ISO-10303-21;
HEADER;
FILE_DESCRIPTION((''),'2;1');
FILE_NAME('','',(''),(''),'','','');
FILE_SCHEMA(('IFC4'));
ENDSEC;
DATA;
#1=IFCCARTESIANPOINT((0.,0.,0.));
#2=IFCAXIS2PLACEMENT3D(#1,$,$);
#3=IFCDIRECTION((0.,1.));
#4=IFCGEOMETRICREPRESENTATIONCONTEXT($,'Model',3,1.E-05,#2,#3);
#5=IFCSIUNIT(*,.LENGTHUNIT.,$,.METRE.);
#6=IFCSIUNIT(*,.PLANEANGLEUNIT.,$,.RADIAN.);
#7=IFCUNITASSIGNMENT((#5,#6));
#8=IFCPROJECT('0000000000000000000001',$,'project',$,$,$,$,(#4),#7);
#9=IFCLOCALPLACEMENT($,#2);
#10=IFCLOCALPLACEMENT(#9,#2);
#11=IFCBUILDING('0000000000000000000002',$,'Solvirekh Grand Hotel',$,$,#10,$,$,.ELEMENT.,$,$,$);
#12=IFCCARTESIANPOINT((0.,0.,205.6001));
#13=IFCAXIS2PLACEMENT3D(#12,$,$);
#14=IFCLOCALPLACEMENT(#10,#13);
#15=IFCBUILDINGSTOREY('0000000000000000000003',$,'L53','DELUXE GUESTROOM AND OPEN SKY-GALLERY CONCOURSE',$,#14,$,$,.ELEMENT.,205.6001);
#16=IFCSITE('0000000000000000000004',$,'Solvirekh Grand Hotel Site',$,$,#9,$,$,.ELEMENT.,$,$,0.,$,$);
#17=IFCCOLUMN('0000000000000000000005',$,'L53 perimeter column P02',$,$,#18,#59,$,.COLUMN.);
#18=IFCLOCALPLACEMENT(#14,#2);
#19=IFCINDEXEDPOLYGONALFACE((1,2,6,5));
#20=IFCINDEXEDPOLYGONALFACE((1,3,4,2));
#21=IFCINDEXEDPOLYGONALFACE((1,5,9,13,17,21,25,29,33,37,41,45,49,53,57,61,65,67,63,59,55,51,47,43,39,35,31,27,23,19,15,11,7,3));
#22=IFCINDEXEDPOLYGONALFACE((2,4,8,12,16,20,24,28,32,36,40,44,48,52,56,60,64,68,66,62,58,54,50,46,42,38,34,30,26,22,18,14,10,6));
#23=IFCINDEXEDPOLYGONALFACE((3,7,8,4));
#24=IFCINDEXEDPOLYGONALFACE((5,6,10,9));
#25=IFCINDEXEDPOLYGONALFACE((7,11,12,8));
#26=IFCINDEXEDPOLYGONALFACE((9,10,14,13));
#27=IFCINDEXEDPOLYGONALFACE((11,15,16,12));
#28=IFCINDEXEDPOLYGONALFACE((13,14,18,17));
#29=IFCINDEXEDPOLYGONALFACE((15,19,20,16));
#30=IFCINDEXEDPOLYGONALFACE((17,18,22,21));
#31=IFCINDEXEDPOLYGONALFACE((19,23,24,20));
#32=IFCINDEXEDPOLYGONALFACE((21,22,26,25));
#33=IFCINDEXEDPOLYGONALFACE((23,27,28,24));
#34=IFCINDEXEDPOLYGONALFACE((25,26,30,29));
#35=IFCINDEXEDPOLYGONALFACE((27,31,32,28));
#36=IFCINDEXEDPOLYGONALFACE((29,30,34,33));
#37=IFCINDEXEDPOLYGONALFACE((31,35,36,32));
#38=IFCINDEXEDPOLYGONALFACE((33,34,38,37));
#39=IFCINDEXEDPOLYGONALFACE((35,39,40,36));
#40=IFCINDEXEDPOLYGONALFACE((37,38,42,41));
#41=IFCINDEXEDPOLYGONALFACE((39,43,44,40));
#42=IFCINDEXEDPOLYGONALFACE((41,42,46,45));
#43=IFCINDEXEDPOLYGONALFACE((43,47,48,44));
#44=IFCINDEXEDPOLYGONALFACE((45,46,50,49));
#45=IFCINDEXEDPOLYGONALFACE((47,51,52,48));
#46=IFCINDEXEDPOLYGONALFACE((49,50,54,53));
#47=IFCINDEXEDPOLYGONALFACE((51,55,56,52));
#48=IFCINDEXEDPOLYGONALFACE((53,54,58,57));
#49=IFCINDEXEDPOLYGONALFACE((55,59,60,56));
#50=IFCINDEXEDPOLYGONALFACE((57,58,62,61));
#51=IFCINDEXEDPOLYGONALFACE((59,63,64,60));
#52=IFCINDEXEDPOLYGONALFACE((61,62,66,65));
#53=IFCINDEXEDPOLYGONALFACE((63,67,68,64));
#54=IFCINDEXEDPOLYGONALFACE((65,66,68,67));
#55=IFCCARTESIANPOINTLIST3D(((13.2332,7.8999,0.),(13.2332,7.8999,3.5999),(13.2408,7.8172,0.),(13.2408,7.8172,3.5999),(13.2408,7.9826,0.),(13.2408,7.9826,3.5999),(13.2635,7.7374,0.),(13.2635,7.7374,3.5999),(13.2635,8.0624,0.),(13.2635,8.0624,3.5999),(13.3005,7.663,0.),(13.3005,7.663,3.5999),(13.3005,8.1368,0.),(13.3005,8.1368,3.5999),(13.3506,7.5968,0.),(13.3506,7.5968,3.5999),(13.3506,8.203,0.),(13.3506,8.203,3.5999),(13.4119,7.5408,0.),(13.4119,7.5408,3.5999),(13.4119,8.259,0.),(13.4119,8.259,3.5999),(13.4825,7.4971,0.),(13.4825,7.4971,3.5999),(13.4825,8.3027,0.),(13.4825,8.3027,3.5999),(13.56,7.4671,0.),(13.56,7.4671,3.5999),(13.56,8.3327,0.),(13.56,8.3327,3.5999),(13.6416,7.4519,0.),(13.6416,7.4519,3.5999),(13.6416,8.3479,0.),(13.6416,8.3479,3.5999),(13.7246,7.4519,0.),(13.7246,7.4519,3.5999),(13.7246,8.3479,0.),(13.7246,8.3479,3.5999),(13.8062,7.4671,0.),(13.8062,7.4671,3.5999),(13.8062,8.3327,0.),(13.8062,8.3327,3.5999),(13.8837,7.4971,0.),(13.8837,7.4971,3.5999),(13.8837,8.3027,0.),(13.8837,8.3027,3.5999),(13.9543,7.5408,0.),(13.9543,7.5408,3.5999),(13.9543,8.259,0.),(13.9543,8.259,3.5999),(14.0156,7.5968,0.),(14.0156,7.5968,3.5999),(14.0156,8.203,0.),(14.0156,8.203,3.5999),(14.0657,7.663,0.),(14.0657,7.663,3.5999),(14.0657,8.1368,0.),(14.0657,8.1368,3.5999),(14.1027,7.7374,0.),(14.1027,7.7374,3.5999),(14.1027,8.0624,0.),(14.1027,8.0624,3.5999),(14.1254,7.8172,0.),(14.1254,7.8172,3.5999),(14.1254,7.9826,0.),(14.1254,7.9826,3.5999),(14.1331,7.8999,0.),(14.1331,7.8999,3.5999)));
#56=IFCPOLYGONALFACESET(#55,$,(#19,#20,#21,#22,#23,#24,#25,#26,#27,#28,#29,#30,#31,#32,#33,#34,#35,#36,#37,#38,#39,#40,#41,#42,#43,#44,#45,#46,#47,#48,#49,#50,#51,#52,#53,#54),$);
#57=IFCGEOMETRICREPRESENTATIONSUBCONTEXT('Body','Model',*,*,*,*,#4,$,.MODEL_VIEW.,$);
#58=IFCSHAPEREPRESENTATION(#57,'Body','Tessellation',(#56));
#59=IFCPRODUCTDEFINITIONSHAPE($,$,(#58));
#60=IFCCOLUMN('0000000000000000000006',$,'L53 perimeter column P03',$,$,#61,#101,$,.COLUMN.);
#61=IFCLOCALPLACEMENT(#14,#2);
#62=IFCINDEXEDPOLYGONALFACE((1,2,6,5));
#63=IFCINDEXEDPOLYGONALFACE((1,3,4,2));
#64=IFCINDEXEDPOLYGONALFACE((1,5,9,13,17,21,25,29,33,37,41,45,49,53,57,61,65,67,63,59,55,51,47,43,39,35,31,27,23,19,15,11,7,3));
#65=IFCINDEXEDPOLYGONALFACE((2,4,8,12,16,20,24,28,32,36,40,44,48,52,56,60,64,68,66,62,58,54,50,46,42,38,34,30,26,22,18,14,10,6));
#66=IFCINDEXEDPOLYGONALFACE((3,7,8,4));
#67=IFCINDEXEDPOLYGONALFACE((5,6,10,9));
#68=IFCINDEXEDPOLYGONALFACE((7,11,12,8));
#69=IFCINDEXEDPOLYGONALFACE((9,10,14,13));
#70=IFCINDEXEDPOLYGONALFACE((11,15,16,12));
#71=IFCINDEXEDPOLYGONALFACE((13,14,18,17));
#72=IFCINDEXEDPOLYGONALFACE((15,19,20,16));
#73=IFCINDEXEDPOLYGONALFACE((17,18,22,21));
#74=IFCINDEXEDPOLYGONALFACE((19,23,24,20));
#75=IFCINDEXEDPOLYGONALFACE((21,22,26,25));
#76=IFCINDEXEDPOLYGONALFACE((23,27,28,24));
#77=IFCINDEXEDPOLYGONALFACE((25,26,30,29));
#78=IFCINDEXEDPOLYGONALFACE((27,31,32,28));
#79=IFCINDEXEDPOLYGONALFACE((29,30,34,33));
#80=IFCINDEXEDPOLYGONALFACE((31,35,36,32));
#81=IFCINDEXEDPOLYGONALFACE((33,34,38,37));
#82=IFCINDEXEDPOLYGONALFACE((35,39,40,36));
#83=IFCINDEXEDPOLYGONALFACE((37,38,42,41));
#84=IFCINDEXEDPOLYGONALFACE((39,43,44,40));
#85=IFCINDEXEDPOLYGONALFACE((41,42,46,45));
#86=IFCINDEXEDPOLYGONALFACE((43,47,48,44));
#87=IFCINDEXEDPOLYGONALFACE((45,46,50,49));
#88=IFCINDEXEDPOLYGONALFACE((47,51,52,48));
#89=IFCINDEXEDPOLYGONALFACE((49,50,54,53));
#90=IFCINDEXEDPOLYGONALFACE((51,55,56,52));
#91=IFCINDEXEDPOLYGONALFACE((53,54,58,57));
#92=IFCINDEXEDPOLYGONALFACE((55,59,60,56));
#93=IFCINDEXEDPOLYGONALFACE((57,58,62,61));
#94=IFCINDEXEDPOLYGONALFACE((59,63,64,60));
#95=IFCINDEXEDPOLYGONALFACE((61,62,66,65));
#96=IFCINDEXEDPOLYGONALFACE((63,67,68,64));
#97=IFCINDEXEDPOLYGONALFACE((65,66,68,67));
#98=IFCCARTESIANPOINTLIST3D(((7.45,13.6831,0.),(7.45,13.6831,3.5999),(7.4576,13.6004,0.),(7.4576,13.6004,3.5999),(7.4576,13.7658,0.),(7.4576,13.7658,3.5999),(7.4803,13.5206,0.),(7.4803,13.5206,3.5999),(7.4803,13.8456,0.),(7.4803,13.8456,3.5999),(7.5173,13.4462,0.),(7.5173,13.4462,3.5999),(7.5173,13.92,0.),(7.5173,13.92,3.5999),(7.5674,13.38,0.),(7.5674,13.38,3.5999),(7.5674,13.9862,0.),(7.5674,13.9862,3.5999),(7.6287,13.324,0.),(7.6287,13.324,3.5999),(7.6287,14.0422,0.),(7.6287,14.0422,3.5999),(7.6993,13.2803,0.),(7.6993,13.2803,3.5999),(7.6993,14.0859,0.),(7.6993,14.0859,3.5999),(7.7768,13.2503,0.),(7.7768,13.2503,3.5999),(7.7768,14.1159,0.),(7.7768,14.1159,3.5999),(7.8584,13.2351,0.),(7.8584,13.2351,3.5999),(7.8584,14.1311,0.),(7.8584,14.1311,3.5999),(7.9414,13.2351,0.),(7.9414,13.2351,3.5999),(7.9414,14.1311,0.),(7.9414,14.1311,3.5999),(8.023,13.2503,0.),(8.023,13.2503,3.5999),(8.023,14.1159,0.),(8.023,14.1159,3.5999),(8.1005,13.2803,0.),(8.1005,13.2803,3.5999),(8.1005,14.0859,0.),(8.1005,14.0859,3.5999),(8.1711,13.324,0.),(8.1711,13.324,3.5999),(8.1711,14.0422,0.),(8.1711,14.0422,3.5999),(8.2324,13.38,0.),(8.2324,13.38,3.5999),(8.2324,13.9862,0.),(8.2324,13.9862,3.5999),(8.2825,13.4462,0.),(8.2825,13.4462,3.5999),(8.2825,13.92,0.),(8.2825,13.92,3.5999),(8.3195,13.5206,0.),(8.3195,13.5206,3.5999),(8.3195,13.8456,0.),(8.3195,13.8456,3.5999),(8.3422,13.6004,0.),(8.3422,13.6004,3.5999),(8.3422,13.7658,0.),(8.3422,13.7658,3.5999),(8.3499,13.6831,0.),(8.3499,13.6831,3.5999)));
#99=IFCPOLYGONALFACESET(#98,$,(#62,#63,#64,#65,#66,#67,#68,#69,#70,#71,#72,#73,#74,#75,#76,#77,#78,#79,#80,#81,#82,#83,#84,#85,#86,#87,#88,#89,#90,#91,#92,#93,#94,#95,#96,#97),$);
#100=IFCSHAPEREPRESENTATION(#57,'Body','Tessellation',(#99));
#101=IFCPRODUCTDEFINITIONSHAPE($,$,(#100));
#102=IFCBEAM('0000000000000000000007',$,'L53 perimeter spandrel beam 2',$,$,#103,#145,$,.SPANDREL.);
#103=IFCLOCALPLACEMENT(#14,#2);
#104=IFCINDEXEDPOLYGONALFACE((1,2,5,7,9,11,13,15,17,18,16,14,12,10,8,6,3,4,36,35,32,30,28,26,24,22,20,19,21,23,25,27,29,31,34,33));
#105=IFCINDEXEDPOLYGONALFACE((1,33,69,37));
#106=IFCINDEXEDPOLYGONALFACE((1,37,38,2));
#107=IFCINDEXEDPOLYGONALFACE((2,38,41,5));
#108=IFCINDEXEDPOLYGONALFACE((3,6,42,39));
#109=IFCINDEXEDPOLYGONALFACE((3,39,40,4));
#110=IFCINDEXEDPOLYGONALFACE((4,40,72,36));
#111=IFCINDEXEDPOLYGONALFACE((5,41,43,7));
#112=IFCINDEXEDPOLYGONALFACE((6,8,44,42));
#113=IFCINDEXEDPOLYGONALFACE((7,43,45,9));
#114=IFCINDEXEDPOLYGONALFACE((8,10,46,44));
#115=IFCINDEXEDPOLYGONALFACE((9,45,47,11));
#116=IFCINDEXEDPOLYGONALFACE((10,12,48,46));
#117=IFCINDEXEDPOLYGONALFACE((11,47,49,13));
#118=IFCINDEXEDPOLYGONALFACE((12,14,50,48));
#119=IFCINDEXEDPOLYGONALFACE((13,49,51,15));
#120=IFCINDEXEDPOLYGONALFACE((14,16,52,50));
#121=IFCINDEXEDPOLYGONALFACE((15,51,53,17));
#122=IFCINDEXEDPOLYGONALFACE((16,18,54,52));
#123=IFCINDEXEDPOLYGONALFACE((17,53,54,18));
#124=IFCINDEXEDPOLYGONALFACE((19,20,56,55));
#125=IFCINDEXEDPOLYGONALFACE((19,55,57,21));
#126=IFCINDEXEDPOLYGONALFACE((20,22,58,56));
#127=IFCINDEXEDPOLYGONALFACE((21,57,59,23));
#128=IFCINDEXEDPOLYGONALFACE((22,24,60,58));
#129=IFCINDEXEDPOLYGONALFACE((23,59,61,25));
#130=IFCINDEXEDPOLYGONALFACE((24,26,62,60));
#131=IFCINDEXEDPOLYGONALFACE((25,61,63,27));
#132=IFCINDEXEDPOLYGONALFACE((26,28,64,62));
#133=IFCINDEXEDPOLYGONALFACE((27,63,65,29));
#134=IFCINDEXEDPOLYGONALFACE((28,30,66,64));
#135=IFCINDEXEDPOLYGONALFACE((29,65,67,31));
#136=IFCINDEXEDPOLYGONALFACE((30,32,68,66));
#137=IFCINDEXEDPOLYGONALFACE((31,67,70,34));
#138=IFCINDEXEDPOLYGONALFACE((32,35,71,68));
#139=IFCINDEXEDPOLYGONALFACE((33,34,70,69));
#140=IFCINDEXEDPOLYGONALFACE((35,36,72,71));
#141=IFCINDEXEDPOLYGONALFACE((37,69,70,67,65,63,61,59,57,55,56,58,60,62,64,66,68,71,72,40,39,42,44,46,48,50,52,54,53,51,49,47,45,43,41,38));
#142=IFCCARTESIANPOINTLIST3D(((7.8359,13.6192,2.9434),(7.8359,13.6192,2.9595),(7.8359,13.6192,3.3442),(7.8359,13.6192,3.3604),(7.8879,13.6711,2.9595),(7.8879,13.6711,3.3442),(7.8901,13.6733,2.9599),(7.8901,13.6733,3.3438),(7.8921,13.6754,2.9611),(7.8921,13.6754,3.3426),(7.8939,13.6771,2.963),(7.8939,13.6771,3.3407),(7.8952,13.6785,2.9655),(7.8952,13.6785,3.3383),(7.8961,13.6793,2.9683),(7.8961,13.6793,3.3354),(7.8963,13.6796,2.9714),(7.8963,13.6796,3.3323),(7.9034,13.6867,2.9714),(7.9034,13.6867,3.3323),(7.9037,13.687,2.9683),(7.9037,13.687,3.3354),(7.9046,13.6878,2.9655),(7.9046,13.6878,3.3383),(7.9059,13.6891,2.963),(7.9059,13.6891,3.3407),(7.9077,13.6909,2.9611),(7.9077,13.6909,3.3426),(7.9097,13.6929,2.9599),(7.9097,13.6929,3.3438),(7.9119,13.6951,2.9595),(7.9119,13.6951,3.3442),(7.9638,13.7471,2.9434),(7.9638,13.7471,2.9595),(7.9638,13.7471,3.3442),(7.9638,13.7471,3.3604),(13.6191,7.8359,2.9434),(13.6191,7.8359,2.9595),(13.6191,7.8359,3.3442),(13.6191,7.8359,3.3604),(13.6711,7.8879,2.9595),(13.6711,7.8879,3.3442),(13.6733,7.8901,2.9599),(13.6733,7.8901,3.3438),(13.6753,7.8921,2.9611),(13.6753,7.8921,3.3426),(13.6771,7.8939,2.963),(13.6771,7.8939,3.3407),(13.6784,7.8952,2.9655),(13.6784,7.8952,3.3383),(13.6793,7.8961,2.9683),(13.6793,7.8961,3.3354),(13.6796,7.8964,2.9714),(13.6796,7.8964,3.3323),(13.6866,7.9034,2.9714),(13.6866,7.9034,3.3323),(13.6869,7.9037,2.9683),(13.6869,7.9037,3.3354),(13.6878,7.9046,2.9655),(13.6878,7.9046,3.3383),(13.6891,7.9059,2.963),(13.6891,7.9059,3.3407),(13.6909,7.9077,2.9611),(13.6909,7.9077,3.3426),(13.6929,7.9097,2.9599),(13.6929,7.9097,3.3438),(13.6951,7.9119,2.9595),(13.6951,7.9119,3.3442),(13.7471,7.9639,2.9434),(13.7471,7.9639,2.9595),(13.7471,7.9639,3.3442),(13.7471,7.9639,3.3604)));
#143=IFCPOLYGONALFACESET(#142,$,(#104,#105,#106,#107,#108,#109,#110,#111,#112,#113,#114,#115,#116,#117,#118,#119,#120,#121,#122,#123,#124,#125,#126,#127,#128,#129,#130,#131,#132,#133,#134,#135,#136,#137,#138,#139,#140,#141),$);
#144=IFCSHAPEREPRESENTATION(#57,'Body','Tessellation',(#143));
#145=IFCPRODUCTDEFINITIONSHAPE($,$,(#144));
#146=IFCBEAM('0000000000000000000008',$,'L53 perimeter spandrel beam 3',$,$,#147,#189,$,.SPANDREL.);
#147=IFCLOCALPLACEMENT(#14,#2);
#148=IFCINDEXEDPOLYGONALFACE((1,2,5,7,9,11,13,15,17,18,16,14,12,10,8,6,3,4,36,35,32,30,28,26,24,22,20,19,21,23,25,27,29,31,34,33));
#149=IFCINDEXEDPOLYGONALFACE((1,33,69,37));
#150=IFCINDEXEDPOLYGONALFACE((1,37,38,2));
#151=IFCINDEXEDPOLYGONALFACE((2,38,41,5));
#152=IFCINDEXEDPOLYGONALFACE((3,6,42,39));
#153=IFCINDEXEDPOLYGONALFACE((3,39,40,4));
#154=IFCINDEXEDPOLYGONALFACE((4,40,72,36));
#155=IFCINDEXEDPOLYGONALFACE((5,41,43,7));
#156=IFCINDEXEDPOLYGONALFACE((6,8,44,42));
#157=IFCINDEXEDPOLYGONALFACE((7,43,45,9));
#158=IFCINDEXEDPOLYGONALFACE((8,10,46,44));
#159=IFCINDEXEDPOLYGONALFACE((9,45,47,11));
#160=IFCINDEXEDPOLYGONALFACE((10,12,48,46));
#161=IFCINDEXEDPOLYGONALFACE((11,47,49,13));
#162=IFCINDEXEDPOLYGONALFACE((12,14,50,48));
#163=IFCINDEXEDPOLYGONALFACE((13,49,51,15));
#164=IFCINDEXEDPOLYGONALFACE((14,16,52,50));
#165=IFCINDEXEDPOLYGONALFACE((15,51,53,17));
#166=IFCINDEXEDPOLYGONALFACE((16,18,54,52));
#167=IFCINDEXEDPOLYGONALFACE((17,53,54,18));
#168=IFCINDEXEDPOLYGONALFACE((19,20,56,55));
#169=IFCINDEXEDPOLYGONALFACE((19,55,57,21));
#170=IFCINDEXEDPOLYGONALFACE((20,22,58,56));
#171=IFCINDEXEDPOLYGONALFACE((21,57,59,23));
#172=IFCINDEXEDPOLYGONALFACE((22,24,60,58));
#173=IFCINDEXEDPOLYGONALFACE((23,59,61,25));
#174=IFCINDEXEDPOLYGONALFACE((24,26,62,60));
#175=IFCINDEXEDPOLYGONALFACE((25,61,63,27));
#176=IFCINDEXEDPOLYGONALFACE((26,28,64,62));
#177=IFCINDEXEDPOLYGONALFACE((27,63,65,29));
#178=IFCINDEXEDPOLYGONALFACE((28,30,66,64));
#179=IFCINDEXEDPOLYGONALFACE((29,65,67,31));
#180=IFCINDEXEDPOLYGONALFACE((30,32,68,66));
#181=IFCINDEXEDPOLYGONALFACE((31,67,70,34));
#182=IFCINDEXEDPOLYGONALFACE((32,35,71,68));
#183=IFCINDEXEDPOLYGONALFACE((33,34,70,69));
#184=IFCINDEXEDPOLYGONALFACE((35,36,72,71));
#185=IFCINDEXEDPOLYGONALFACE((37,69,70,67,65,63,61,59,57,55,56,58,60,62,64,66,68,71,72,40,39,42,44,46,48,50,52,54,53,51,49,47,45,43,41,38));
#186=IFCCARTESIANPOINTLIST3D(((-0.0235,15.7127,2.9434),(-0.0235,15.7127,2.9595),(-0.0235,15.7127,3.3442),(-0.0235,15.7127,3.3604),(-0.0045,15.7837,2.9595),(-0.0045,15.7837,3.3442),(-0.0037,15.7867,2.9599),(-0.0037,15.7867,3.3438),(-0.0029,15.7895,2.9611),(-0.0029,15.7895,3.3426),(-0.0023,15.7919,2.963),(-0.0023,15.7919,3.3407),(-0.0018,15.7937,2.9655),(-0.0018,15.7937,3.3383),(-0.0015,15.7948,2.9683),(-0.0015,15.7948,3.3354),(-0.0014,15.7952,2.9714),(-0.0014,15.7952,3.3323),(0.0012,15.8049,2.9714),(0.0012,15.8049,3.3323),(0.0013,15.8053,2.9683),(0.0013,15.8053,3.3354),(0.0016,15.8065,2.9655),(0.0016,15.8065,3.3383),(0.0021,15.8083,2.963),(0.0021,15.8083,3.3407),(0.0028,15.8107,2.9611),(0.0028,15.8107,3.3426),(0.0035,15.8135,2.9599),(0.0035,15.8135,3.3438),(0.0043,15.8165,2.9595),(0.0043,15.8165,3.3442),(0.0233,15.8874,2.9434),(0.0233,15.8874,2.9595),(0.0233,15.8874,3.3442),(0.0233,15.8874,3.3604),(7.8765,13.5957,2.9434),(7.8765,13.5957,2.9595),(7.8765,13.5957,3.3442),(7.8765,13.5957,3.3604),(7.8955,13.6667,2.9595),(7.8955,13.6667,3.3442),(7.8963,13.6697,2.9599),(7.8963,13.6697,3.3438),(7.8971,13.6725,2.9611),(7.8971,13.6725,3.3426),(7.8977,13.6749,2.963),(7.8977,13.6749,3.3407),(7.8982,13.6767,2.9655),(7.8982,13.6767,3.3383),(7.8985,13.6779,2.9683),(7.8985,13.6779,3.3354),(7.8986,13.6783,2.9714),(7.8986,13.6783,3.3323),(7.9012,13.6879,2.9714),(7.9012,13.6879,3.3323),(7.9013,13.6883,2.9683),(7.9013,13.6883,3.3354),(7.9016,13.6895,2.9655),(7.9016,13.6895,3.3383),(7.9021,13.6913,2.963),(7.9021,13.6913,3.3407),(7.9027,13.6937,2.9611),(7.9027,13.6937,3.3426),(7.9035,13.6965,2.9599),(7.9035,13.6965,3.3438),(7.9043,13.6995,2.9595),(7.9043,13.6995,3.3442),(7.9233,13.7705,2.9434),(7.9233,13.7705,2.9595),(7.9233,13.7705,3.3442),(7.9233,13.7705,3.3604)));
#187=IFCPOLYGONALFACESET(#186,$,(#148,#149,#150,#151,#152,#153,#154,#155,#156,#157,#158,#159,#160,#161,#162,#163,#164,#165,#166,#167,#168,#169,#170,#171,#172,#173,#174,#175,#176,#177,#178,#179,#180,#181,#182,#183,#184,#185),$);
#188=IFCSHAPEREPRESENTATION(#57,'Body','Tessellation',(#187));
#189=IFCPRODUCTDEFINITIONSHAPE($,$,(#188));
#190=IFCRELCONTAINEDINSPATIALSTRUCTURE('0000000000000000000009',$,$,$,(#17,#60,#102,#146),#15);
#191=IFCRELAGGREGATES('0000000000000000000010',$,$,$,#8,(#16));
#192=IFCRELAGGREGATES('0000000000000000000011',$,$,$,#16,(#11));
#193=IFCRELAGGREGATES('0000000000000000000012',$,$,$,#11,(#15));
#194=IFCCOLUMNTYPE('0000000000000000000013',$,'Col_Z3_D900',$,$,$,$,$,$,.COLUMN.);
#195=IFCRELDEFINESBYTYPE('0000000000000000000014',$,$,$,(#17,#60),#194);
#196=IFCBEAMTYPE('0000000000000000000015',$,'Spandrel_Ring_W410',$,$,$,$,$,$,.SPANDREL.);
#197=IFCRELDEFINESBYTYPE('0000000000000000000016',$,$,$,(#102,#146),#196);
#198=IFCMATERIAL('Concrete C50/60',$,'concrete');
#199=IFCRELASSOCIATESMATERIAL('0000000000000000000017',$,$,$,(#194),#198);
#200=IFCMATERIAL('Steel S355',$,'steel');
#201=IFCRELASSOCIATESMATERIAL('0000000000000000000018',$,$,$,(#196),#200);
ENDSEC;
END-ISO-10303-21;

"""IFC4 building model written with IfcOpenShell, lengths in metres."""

from ifc_helpers import new_model, si_unit, direction, frame, origin, origin_2d, place, context, subcontext, project, spatial, circle, i_section, extrude, material, material_profile, profile_set, type_object, element, save


model = new_model("IFC4")

# Units and contexts
model_context = context("Model", 3, precision=1e-05, world=origin(), true_north=direction((0.0, 1.0)))
body_context = subcontext(model_context, "Body", "Model", "MODEL_VIEW")
ifc_project = project(units=[si_unit("LENGTHUNIT", "METRE"), si_unit("PLANEANGLEUNIT", "RADIAN")], contexts=[model_context])

# Site, building, storey
site_placement = place(None, origin())
site = spatial("IfcSite", under=ifc_project, at=site_placement, Name="Solvirekh Grand Hotel Site", CompositionType="ELEMENT", RefElevation=0.0)
building_placement = place(site_placement, origin())
building = spatial("IfcBuilding", under=site, at=building_placement, Name="Solvirekh Grand Hotel", CompositionType="ELEMENT")
storey_placement = place(building_placement, frame((0.0, 0.0, 205.6001)))
storey = spatial("IfcBuildingStorey", under=building, at=storey_placement, Name="L53", Description="DELUXE GUESTROOM AND OPEN SKY-GALLERY CONCOURSE", CompositionType="ELEMENT", Elevation=205.6001)

# Columns
ifc_material_1 = material(Name="Concrete C50/60", Category="concrete")
ifc_material_profile_1 = material_profile(ifc_material_1, circle(Radius=0.45, at=origin_2d()), Name="RC CIRC D900")
ifc_profile_set_1 = profile_set([ifc_material_profile_1], Name="Concrete C50/60")
column_type = type_object("IfcColumnType", Name="Col_Z3_D900", PredefinedType="COLUMN", material=ifc_profile_set_1)
for number, where, z_axis, x_axis, name in (
    (1, (13.6831, 7.8999, 0.0), (0.0, 0.0, 1.0), (1.0, 0.0, 0.0), "L53 perimeter column P02"),
    (2, (7.8999, 13.6831, 0.0), (0.0, 0.0, 1.0), (1.0, 0.0, 0.0), "L53 perimeter column P03"),
):
    element("IfcColumn", number, at=place(storey_placement, frame(where, z_axis=z_axis, x_axis=x_axis)), inside=storey, type_object=column_type, Name=name, PredefinedType="COLUMN", context=body_context, shape_type="SweptSolid", body=[
        extrude(circle(Radius=0.45, at=origin_2d()), origin(), (0.0, 0.0, 1.0), 3.5999),
    ])

# Beams
ifc_material_2 = material(Name="Steel S355", Category="steel")
ifc_material_profile_2 = material_profile(ifc_material_2, i_section(OverallWidth=0.1809, OverallDepth=0.417, WebThickness=0.01, FlangeThickness=0.0161, FilletRadius=0.012, at=origin_2d()), Name="W410X85")
ifc_profile_set_2 = profile_set([ifc_material_profile_2], Name="Steel S355")
beam_type = type_object("IfcBeamType", Name="Spandrel_Ring_W410", PredefinedType="SPANDREL", material=ifc_profile_set_2)
for number, where, z_axis, x_axis, name in (
    (3, (13.6831, 7.8999, 3.1519), (-0.707107, 0.707107, 0.0), (-0.707107, -0.707107, 0.0), "L53 perimeter spandrel beam 2"),
    (4, (7.8999, 13.6831, 3.1519), (-0.965921, 0.258839, 0.0), (-0.258839, -0.965921, 0.0), "L53 perimeter spandrel beam 3"),
):
    element("IfcBeam", number, at=place(storey_placement, frame(where, z_axis=z_axis, x_axis=x_axis)), inside=storey, type_object=beam_type, Name=name, PredefinedType="SPANDREL", context=body_context, shape_type="SweptSolid", body=[
        extrude(i_section(OverallWidth=0.1809, OverallDepth=0.417, WebThickness=0.01, FlangeThickness=0.0161, FilletRadius=0.012, at=origin_2d()), origin(), (0.0, 0.0, 1.0), 8.1787),
    ])

save(model, "model.ifc")
